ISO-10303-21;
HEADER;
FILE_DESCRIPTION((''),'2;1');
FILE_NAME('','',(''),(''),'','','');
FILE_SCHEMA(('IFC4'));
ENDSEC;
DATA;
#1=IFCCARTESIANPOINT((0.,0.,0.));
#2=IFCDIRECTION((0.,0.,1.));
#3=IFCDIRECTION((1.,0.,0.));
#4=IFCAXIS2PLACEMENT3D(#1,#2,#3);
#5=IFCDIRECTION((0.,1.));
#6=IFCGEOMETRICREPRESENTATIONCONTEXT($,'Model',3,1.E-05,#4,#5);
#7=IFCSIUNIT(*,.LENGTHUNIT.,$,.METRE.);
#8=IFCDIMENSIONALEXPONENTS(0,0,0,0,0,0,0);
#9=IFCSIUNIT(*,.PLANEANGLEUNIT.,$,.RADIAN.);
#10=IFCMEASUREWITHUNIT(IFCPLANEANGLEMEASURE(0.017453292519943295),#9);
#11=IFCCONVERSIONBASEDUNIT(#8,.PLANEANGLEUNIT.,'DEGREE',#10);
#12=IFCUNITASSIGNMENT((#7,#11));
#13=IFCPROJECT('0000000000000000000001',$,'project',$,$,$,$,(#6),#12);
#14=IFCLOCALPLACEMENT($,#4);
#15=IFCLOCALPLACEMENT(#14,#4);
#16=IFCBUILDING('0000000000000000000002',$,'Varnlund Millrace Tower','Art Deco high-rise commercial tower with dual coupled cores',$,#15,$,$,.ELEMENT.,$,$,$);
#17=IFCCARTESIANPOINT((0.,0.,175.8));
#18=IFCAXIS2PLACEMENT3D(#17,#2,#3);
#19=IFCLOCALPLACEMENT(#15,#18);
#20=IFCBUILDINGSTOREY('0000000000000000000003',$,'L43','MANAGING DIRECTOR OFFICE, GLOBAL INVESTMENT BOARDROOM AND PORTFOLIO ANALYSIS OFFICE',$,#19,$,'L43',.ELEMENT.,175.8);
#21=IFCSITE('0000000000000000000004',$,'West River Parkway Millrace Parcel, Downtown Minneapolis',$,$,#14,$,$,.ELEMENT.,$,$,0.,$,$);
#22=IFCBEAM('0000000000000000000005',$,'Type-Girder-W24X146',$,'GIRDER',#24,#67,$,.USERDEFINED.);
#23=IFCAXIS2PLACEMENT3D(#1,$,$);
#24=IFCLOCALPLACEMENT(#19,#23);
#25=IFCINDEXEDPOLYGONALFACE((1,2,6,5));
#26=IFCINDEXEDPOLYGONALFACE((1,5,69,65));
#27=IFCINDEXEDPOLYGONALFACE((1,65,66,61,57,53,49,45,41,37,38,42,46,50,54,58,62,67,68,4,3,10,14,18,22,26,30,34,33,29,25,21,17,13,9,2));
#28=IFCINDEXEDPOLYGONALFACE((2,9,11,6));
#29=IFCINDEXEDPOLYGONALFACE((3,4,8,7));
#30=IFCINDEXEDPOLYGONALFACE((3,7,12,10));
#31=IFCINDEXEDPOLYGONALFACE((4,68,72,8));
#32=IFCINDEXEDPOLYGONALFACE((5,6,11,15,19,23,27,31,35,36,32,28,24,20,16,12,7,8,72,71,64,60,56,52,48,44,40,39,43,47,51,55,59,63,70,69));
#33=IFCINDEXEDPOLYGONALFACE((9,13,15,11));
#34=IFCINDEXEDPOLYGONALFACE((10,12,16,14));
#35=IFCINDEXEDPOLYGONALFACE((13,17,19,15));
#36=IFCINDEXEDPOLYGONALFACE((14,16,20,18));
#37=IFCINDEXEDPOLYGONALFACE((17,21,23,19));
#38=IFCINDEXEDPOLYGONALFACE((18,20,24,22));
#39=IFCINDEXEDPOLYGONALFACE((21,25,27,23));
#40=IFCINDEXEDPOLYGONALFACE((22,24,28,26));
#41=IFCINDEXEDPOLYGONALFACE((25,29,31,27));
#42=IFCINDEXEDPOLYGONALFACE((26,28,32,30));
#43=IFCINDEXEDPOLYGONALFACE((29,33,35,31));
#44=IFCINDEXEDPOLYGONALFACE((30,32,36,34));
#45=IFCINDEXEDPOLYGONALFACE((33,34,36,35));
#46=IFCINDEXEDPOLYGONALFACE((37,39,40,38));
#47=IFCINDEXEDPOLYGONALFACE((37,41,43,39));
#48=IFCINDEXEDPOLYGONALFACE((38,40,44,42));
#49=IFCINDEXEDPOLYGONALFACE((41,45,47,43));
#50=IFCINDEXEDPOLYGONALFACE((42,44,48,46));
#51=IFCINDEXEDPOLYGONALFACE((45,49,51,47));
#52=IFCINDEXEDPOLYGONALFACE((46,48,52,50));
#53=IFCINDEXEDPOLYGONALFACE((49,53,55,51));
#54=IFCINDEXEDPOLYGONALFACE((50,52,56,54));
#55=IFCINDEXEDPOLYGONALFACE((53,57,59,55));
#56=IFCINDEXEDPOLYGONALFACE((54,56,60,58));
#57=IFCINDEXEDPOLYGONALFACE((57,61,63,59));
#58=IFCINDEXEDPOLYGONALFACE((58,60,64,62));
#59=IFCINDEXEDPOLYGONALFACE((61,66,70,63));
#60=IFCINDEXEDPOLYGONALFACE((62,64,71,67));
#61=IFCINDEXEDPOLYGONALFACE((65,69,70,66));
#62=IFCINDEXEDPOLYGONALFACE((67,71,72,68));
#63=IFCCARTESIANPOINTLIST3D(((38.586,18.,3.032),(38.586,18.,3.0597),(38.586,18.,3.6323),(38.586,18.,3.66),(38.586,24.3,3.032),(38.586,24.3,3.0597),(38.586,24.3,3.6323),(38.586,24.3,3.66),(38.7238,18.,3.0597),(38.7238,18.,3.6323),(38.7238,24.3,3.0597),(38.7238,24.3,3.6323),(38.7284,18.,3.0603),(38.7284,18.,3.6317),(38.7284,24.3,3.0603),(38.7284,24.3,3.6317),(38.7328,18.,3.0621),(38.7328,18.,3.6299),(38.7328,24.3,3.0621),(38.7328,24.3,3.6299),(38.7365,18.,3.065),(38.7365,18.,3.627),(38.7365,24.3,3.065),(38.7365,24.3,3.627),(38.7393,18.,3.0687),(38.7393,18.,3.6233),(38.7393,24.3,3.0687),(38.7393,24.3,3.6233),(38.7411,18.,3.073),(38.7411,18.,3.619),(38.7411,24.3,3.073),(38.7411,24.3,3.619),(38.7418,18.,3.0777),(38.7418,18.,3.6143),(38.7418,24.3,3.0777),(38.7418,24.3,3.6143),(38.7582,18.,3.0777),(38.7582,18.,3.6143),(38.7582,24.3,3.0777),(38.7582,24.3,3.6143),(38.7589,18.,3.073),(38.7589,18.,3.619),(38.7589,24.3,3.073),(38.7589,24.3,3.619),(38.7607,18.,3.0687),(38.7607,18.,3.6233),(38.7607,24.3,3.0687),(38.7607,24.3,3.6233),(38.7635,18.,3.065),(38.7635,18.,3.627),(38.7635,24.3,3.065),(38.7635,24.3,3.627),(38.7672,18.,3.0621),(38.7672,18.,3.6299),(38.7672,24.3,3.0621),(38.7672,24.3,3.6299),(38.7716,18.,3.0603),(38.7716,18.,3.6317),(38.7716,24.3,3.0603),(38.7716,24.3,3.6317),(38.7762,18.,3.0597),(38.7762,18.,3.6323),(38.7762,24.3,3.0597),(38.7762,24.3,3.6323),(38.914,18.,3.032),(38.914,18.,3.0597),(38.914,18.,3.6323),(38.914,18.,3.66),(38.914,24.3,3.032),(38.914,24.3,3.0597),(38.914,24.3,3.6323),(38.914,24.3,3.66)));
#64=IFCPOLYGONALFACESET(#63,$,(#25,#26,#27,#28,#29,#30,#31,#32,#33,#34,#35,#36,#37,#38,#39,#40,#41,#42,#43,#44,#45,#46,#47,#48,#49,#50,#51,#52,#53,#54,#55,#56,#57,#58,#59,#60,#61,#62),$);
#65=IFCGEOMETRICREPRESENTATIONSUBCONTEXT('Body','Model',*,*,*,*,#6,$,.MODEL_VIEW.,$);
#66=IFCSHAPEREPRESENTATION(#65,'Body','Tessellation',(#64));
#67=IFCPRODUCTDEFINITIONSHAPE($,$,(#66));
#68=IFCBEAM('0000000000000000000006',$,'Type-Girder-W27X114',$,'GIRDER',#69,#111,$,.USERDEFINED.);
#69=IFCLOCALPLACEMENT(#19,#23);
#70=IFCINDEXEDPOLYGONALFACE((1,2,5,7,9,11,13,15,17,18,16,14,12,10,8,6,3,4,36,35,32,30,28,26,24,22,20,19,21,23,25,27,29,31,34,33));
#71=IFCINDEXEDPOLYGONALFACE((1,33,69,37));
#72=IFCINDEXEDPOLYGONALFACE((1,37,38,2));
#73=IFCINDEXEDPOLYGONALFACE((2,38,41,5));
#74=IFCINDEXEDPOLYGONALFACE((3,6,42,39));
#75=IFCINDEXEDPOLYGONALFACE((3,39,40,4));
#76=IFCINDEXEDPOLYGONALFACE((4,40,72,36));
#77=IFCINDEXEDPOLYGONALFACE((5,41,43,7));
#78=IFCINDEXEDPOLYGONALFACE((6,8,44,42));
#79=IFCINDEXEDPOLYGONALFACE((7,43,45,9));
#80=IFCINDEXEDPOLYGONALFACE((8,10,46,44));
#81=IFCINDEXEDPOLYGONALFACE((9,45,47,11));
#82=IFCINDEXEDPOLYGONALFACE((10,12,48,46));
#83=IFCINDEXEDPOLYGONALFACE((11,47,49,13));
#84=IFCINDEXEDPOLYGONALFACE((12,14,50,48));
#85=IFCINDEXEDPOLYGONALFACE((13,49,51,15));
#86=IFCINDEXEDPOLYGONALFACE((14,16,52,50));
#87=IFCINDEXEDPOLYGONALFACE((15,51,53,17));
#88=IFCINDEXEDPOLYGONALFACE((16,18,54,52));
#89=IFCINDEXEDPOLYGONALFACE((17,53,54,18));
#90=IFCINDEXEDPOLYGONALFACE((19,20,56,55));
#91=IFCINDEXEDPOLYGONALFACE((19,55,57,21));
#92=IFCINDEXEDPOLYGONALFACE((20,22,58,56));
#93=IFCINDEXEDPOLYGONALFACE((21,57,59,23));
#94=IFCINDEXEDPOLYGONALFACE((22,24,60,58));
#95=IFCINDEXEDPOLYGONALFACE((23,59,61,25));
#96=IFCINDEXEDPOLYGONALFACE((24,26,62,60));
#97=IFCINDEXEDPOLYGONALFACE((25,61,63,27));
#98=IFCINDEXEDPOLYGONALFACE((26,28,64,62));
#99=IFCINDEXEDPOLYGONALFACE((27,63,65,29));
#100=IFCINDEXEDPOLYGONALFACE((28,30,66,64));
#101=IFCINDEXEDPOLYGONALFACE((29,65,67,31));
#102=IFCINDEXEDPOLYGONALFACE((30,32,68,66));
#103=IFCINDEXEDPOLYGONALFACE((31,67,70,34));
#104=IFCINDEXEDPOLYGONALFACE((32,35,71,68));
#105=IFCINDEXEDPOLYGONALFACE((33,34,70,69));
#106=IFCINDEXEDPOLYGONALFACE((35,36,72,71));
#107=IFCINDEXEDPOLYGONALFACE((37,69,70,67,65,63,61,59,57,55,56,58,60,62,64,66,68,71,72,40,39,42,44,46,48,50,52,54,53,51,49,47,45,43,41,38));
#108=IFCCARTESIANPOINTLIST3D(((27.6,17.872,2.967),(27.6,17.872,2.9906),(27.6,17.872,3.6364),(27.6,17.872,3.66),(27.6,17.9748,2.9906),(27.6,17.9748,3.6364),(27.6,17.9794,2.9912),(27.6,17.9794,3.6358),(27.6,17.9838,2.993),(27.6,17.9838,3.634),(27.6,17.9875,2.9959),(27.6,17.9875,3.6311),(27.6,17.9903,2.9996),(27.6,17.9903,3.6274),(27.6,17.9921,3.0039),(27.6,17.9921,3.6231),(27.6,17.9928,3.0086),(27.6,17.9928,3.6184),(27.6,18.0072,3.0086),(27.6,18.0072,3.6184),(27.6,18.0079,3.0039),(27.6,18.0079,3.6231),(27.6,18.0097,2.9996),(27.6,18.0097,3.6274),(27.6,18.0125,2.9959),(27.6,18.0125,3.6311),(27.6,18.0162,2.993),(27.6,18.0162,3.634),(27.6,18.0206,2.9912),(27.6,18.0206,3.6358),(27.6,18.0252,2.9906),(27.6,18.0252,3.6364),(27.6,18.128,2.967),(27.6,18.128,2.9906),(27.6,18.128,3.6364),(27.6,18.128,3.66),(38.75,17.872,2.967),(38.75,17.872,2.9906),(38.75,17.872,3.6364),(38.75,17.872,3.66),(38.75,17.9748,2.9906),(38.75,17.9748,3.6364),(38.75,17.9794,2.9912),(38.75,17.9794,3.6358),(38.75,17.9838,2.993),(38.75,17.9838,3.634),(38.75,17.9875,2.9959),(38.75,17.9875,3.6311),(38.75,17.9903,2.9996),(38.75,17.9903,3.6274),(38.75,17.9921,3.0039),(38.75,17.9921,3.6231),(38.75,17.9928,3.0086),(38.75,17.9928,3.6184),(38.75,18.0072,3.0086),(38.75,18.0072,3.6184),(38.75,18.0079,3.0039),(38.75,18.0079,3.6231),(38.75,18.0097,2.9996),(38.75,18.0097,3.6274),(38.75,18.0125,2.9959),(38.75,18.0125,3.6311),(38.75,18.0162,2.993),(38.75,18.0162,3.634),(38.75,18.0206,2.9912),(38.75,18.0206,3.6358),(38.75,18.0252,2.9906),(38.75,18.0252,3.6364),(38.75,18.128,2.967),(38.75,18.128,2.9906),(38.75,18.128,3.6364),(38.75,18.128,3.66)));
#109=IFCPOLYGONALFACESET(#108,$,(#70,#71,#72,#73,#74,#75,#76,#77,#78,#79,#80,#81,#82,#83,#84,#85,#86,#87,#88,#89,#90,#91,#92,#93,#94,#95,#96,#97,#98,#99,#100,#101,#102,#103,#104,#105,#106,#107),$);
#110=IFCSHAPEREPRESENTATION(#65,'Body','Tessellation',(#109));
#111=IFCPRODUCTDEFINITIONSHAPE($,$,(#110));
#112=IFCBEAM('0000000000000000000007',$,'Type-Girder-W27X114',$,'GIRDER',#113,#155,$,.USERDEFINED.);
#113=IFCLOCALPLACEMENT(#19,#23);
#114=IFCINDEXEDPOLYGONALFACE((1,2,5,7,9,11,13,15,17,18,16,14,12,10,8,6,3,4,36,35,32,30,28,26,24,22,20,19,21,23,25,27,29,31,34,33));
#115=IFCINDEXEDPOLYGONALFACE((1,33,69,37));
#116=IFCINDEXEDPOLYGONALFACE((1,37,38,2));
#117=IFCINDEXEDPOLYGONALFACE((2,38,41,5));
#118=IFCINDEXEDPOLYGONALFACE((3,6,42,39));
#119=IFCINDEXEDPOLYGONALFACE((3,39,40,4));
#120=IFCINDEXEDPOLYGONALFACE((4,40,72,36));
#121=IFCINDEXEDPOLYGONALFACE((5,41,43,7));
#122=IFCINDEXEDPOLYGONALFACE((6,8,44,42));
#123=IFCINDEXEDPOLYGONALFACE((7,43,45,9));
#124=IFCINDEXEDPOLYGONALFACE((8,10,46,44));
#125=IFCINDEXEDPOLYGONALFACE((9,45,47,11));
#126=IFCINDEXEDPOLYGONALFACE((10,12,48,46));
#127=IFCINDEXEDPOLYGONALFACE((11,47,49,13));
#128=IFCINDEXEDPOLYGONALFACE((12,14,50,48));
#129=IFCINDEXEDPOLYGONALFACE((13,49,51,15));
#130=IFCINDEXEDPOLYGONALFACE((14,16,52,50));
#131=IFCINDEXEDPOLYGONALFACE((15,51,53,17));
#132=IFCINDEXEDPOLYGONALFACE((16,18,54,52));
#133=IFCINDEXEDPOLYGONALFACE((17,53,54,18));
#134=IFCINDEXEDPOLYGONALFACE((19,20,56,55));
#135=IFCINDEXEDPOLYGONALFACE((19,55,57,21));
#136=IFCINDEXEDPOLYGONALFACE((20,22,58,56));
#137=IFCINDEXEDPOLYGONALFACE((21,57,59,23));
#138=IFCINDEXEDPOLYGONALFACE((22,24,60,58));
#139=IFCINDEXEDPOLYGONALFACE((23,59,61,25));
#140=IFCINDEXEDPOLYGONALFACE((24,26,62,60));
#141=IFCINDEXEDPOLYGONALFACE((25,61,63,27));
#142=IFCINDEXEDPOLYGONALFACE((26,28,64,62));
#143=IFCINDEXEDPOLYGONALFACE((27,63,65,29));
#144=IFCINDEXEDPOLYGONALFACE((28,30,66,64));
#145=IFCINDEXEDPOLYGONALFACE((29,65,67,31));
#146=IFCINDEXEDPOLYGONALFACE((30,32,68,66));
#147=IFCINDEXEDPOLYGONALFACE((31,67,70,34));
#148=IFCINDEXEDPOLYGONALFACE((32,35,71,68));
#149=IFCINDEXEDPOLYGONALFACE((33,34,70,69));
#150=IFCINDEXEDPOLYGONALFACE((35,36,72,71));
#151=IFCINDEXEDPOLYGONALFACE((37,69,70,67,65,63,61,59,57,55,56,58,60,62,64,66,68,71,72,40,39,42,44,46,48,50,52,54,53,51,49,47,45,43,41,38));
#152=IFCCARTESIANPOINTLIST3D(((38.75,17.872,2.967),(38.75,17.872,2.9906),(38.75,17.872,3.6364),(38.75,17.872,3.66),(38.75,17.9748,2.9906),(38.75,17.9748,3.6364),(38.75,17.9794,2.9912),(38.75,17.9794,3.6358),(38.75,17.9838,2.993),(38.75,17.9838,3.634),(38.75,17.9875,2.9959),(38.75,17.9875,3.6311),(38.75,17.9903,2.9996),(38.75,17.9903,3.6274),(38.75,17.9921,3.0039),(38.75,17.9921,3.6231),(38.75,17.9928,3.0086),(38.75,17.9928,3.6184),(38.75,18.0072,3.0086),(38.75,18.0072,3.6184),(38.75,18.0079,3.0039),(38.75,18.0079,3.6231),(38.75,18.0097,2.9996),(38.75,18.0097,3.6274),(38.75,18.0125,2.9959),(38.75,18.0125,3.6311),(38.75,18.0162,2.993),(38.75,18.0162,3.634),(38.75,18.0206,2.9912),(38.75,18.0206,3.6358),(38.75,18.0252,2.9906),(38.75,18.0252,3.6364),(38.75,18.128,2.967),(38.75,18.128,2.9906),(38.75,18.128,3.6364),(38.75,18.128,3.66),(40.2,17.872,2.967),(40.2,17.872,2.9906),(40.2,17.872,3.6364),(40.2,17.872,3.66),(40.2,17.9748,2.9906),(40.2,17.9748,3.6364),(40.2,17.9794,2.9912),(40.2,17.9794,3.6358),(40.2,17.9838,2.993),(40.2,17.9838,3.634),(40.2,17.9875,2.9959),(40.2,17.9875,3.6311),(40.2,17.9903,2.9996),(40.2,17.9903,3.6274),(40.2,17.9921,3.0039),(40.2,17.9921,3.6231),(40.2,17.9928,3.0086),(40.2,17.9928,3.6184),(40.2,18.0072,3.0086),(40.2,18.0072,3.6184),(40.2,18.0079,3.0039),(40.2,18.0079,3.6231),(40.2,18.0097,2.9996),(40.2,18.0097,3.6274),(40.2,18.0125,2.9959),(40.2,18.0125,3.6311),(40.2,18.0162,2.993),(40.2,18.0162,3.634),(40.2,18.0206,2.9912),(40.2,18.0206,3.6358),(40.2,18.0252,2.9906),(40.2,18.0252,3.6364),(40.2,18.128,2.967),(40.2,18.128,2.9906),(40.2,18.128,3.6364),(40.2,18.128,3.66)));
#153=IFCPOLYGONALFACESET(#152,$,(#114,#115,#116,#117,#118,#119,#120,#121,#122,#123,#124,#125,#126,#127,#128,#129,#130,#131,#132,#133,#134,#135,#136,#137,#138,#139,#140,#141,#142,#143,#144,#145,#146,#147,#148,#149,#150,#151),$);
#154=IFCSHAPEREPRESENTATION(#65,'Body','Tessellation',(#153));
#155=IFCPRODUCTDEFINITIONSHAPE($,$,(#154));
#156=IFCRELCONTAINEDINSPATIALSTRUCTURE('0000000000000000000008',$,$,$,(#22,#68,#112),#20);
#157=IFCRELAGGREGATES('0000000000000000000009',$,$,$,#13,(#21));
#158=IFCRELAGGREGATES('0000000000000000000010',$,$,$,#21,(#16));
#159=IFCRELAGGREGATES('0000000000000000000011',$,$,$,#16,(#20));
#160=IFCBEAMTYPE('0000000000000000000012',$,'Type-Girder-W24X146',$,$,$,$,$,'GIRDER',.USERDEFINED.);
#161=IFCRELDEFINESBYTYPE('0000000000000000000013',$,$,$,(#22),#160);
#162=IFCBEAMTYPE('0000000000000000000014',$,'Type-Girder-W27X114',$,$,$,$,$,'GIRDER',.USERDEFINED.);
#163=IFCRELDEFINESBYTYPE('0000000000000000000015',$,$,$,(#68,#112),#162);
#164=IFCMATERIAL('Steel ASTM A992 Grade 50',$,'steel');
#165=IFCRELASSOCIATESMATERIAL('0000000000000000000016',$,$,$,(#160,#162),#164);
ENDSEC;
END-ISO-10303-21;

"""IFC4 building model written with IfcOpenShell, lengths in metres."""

from ifc_helpers import new_model, entity, si_unit, converted_unit, direction, frame, origin_with_axes, origin_2d_with_axis, place, context, subcontext, project, spatial, i_section, extrude, material, material_profile, profile_set, type_object, element, save


model = new_model("IFC4")

# Units and contexts
model_context = context("Model", 3, precision=1e-05, world=origin_with_axes(), true_north=direction((0.0, 1.0)))
body_context = subcontext(model_context, "Body", "Model", "MODEL_VIEW")
ifc_project = project(units=[si_unit("LENGTHUNIT", "METRE"), converted_unit("PLANEANGLEUNIT", "DEGREE", entity("IfcPlaneAngleMeasure", 0.017453292519943295), si_unit("PLANEANGLEUNIT", "RADIAN"), dimensions=[0, 0, 0, 0, 0, 0, 0])], contexts=[model_context])

# Site, building, storey
site_placement = place(None, origin_with_axes())
site = spatial("IfcSite", under=ifc_project, at=site_placement, Name="West River Parkway Millrace Parcel, Downtown Minneapolis", CompositionType="ELEMENT", RefElevation=0.0)
building_placement = place(site_placement, origin_with_axes())
building = spatial("IfcBuilding", under=site, at=building_placement, Name="Varnlund Millrace Tower", Description="Art Deco high-rise commercial tower with dual coupled cores", CompositionType="ELEMENT")
storey_placement = place(building_placement, frame((0.0, 0.0, 175.8), z_axis=(0.0, 0.0, 1.0), x_axis=(1.0, 0.0, 0.0)))
storey = spatial("IfcBuildingStorey", under=building, at=storey_placement, Name="L43", Description="MANAGING DIRECTOR OFFICE, GLOBAL INVESTMENT BOARDROOM AND PORTFOLIO ANALYSIS OFFICE", LongName="L43", CompositionType="ELEMENT", Elevation=175.8)

# Beams
ifc_material_1 = material(Name="Steel ASTM A992 Grade 50", Category="steel")
ifc_material_profile_1 = material_profile(ifc_material_1, i_section(OverallWidth=0.328, OverallDepth=0.628, WebThickness=0.0165, FlangeThickness=0.0277, FilletRadius=0.018, at=origin_2d_with_axis()), Name="Steel ASTM A992 Grade 50")
ifc_profile_set_1 = profile_set([ifc_material_profile_1], Name="Steel ASTM A992 Grade 50")
beam_type_1 = type_object("IfcBeamType", Name="Type-Girder-W24X146", ElementType="GIRDER", PredefinedType="USERDEFINED", material=ifc_profile_set_1)
beam_1_placement = place(storey_placement, frame((38.75, 18.0, 3.346), z_axis=(0.0, 1.0, 0.0), x_axis=(-1.0, 0.0, 0.0)))
element("IfcBeam", 1, at=beam_1_placement, inside=storey, type_object=beam_type_1, Name="Type-Girder-W24X146", ObjectType="GIRDER", PredefinedType="USERDEFINED", context=body_context, shape_type="SweptSolid", body=[
    extrude(i_section(OverallWidth=0.328, OverallDepth=0.628, WebThickness=0.0165, FlangeThickness=0.0277, FilletRadius=0.018, at=origin_2d_with_axis()), origin_with_axes(), (0.0, 0.0, 1.0), 6.3),
])
ifc_material_profile_2 = material_profile(ifc_material_1, i_section(OverallWidth=0.256, OverallDepth=0.693, WebThickness=0.0145, FlangeThickness=0.0236, FilletRadius=0.018, at=origin_2d_with_axis()), Name="Steel ASTM A992 Grade 50")
ifc_profile_set_2 = profile_set([ifc_material_profile_2], Name="Steel ASTM A992 Grade 50")
beam_type_2 = type_object("IfcBeamType", Name="Type-Girder-W27X114", ElementType="GIRDER", PredefinedType="USERDEFINED", material=ifc_profile_set_2)
beam_2_placement = place(storey_placement, frame((27.6, 18.0, 3.3135), z_axis=(1.0, 0.0, 0.0), x_axis=(0.0, 1.0, 0.0)))
element("IfcBeam", 2, at=beam_2_placement, inside=storey, type_object=beam_type_2, Name="Type-Girder-W27X114", ObjectType="GIRDER", PredefinedType="USERDEFINED", context=body_context, shape_type="SweptSolid", body=[
    extrude(i_section(OverallWidth=0.256, OverallDepth=0.693, WebThickness=0.0145, FlangeThickness=0.0236, FilletRadius=0.018, at=origin_2d_with_axis()), origin_with_axes(), (0.0, 0.0, 1.0), 11.15),
])
beam_3_placement = place(storey_placement, frame((38.75, 18.0, 3.3135), z_axis=(1.0, 0.0, 0.0), x_axis=(0.0, 1.0, 0.0)))
element("IfcBeam", 3, at=beam_3_placement, inside=storey, type_object=beam_type_2, Name="Type-Girder-W27X114", ObjectType="GIRDER", PredefinedType="USERDEFINED", context=body_context, shape_type="SweptSolid", body=[
    extrude(i_section(OverallWidth=0.256, OverallDepth=0.693, WebThickness=0.0145, FlangeThickness=0.0236, FilletRadius=0.018, at=origin_2d_with_axis()), origin_with_axes(), (0.0, 0.0, 1.0), 1.45),
])

save(model, "model.ifc")
